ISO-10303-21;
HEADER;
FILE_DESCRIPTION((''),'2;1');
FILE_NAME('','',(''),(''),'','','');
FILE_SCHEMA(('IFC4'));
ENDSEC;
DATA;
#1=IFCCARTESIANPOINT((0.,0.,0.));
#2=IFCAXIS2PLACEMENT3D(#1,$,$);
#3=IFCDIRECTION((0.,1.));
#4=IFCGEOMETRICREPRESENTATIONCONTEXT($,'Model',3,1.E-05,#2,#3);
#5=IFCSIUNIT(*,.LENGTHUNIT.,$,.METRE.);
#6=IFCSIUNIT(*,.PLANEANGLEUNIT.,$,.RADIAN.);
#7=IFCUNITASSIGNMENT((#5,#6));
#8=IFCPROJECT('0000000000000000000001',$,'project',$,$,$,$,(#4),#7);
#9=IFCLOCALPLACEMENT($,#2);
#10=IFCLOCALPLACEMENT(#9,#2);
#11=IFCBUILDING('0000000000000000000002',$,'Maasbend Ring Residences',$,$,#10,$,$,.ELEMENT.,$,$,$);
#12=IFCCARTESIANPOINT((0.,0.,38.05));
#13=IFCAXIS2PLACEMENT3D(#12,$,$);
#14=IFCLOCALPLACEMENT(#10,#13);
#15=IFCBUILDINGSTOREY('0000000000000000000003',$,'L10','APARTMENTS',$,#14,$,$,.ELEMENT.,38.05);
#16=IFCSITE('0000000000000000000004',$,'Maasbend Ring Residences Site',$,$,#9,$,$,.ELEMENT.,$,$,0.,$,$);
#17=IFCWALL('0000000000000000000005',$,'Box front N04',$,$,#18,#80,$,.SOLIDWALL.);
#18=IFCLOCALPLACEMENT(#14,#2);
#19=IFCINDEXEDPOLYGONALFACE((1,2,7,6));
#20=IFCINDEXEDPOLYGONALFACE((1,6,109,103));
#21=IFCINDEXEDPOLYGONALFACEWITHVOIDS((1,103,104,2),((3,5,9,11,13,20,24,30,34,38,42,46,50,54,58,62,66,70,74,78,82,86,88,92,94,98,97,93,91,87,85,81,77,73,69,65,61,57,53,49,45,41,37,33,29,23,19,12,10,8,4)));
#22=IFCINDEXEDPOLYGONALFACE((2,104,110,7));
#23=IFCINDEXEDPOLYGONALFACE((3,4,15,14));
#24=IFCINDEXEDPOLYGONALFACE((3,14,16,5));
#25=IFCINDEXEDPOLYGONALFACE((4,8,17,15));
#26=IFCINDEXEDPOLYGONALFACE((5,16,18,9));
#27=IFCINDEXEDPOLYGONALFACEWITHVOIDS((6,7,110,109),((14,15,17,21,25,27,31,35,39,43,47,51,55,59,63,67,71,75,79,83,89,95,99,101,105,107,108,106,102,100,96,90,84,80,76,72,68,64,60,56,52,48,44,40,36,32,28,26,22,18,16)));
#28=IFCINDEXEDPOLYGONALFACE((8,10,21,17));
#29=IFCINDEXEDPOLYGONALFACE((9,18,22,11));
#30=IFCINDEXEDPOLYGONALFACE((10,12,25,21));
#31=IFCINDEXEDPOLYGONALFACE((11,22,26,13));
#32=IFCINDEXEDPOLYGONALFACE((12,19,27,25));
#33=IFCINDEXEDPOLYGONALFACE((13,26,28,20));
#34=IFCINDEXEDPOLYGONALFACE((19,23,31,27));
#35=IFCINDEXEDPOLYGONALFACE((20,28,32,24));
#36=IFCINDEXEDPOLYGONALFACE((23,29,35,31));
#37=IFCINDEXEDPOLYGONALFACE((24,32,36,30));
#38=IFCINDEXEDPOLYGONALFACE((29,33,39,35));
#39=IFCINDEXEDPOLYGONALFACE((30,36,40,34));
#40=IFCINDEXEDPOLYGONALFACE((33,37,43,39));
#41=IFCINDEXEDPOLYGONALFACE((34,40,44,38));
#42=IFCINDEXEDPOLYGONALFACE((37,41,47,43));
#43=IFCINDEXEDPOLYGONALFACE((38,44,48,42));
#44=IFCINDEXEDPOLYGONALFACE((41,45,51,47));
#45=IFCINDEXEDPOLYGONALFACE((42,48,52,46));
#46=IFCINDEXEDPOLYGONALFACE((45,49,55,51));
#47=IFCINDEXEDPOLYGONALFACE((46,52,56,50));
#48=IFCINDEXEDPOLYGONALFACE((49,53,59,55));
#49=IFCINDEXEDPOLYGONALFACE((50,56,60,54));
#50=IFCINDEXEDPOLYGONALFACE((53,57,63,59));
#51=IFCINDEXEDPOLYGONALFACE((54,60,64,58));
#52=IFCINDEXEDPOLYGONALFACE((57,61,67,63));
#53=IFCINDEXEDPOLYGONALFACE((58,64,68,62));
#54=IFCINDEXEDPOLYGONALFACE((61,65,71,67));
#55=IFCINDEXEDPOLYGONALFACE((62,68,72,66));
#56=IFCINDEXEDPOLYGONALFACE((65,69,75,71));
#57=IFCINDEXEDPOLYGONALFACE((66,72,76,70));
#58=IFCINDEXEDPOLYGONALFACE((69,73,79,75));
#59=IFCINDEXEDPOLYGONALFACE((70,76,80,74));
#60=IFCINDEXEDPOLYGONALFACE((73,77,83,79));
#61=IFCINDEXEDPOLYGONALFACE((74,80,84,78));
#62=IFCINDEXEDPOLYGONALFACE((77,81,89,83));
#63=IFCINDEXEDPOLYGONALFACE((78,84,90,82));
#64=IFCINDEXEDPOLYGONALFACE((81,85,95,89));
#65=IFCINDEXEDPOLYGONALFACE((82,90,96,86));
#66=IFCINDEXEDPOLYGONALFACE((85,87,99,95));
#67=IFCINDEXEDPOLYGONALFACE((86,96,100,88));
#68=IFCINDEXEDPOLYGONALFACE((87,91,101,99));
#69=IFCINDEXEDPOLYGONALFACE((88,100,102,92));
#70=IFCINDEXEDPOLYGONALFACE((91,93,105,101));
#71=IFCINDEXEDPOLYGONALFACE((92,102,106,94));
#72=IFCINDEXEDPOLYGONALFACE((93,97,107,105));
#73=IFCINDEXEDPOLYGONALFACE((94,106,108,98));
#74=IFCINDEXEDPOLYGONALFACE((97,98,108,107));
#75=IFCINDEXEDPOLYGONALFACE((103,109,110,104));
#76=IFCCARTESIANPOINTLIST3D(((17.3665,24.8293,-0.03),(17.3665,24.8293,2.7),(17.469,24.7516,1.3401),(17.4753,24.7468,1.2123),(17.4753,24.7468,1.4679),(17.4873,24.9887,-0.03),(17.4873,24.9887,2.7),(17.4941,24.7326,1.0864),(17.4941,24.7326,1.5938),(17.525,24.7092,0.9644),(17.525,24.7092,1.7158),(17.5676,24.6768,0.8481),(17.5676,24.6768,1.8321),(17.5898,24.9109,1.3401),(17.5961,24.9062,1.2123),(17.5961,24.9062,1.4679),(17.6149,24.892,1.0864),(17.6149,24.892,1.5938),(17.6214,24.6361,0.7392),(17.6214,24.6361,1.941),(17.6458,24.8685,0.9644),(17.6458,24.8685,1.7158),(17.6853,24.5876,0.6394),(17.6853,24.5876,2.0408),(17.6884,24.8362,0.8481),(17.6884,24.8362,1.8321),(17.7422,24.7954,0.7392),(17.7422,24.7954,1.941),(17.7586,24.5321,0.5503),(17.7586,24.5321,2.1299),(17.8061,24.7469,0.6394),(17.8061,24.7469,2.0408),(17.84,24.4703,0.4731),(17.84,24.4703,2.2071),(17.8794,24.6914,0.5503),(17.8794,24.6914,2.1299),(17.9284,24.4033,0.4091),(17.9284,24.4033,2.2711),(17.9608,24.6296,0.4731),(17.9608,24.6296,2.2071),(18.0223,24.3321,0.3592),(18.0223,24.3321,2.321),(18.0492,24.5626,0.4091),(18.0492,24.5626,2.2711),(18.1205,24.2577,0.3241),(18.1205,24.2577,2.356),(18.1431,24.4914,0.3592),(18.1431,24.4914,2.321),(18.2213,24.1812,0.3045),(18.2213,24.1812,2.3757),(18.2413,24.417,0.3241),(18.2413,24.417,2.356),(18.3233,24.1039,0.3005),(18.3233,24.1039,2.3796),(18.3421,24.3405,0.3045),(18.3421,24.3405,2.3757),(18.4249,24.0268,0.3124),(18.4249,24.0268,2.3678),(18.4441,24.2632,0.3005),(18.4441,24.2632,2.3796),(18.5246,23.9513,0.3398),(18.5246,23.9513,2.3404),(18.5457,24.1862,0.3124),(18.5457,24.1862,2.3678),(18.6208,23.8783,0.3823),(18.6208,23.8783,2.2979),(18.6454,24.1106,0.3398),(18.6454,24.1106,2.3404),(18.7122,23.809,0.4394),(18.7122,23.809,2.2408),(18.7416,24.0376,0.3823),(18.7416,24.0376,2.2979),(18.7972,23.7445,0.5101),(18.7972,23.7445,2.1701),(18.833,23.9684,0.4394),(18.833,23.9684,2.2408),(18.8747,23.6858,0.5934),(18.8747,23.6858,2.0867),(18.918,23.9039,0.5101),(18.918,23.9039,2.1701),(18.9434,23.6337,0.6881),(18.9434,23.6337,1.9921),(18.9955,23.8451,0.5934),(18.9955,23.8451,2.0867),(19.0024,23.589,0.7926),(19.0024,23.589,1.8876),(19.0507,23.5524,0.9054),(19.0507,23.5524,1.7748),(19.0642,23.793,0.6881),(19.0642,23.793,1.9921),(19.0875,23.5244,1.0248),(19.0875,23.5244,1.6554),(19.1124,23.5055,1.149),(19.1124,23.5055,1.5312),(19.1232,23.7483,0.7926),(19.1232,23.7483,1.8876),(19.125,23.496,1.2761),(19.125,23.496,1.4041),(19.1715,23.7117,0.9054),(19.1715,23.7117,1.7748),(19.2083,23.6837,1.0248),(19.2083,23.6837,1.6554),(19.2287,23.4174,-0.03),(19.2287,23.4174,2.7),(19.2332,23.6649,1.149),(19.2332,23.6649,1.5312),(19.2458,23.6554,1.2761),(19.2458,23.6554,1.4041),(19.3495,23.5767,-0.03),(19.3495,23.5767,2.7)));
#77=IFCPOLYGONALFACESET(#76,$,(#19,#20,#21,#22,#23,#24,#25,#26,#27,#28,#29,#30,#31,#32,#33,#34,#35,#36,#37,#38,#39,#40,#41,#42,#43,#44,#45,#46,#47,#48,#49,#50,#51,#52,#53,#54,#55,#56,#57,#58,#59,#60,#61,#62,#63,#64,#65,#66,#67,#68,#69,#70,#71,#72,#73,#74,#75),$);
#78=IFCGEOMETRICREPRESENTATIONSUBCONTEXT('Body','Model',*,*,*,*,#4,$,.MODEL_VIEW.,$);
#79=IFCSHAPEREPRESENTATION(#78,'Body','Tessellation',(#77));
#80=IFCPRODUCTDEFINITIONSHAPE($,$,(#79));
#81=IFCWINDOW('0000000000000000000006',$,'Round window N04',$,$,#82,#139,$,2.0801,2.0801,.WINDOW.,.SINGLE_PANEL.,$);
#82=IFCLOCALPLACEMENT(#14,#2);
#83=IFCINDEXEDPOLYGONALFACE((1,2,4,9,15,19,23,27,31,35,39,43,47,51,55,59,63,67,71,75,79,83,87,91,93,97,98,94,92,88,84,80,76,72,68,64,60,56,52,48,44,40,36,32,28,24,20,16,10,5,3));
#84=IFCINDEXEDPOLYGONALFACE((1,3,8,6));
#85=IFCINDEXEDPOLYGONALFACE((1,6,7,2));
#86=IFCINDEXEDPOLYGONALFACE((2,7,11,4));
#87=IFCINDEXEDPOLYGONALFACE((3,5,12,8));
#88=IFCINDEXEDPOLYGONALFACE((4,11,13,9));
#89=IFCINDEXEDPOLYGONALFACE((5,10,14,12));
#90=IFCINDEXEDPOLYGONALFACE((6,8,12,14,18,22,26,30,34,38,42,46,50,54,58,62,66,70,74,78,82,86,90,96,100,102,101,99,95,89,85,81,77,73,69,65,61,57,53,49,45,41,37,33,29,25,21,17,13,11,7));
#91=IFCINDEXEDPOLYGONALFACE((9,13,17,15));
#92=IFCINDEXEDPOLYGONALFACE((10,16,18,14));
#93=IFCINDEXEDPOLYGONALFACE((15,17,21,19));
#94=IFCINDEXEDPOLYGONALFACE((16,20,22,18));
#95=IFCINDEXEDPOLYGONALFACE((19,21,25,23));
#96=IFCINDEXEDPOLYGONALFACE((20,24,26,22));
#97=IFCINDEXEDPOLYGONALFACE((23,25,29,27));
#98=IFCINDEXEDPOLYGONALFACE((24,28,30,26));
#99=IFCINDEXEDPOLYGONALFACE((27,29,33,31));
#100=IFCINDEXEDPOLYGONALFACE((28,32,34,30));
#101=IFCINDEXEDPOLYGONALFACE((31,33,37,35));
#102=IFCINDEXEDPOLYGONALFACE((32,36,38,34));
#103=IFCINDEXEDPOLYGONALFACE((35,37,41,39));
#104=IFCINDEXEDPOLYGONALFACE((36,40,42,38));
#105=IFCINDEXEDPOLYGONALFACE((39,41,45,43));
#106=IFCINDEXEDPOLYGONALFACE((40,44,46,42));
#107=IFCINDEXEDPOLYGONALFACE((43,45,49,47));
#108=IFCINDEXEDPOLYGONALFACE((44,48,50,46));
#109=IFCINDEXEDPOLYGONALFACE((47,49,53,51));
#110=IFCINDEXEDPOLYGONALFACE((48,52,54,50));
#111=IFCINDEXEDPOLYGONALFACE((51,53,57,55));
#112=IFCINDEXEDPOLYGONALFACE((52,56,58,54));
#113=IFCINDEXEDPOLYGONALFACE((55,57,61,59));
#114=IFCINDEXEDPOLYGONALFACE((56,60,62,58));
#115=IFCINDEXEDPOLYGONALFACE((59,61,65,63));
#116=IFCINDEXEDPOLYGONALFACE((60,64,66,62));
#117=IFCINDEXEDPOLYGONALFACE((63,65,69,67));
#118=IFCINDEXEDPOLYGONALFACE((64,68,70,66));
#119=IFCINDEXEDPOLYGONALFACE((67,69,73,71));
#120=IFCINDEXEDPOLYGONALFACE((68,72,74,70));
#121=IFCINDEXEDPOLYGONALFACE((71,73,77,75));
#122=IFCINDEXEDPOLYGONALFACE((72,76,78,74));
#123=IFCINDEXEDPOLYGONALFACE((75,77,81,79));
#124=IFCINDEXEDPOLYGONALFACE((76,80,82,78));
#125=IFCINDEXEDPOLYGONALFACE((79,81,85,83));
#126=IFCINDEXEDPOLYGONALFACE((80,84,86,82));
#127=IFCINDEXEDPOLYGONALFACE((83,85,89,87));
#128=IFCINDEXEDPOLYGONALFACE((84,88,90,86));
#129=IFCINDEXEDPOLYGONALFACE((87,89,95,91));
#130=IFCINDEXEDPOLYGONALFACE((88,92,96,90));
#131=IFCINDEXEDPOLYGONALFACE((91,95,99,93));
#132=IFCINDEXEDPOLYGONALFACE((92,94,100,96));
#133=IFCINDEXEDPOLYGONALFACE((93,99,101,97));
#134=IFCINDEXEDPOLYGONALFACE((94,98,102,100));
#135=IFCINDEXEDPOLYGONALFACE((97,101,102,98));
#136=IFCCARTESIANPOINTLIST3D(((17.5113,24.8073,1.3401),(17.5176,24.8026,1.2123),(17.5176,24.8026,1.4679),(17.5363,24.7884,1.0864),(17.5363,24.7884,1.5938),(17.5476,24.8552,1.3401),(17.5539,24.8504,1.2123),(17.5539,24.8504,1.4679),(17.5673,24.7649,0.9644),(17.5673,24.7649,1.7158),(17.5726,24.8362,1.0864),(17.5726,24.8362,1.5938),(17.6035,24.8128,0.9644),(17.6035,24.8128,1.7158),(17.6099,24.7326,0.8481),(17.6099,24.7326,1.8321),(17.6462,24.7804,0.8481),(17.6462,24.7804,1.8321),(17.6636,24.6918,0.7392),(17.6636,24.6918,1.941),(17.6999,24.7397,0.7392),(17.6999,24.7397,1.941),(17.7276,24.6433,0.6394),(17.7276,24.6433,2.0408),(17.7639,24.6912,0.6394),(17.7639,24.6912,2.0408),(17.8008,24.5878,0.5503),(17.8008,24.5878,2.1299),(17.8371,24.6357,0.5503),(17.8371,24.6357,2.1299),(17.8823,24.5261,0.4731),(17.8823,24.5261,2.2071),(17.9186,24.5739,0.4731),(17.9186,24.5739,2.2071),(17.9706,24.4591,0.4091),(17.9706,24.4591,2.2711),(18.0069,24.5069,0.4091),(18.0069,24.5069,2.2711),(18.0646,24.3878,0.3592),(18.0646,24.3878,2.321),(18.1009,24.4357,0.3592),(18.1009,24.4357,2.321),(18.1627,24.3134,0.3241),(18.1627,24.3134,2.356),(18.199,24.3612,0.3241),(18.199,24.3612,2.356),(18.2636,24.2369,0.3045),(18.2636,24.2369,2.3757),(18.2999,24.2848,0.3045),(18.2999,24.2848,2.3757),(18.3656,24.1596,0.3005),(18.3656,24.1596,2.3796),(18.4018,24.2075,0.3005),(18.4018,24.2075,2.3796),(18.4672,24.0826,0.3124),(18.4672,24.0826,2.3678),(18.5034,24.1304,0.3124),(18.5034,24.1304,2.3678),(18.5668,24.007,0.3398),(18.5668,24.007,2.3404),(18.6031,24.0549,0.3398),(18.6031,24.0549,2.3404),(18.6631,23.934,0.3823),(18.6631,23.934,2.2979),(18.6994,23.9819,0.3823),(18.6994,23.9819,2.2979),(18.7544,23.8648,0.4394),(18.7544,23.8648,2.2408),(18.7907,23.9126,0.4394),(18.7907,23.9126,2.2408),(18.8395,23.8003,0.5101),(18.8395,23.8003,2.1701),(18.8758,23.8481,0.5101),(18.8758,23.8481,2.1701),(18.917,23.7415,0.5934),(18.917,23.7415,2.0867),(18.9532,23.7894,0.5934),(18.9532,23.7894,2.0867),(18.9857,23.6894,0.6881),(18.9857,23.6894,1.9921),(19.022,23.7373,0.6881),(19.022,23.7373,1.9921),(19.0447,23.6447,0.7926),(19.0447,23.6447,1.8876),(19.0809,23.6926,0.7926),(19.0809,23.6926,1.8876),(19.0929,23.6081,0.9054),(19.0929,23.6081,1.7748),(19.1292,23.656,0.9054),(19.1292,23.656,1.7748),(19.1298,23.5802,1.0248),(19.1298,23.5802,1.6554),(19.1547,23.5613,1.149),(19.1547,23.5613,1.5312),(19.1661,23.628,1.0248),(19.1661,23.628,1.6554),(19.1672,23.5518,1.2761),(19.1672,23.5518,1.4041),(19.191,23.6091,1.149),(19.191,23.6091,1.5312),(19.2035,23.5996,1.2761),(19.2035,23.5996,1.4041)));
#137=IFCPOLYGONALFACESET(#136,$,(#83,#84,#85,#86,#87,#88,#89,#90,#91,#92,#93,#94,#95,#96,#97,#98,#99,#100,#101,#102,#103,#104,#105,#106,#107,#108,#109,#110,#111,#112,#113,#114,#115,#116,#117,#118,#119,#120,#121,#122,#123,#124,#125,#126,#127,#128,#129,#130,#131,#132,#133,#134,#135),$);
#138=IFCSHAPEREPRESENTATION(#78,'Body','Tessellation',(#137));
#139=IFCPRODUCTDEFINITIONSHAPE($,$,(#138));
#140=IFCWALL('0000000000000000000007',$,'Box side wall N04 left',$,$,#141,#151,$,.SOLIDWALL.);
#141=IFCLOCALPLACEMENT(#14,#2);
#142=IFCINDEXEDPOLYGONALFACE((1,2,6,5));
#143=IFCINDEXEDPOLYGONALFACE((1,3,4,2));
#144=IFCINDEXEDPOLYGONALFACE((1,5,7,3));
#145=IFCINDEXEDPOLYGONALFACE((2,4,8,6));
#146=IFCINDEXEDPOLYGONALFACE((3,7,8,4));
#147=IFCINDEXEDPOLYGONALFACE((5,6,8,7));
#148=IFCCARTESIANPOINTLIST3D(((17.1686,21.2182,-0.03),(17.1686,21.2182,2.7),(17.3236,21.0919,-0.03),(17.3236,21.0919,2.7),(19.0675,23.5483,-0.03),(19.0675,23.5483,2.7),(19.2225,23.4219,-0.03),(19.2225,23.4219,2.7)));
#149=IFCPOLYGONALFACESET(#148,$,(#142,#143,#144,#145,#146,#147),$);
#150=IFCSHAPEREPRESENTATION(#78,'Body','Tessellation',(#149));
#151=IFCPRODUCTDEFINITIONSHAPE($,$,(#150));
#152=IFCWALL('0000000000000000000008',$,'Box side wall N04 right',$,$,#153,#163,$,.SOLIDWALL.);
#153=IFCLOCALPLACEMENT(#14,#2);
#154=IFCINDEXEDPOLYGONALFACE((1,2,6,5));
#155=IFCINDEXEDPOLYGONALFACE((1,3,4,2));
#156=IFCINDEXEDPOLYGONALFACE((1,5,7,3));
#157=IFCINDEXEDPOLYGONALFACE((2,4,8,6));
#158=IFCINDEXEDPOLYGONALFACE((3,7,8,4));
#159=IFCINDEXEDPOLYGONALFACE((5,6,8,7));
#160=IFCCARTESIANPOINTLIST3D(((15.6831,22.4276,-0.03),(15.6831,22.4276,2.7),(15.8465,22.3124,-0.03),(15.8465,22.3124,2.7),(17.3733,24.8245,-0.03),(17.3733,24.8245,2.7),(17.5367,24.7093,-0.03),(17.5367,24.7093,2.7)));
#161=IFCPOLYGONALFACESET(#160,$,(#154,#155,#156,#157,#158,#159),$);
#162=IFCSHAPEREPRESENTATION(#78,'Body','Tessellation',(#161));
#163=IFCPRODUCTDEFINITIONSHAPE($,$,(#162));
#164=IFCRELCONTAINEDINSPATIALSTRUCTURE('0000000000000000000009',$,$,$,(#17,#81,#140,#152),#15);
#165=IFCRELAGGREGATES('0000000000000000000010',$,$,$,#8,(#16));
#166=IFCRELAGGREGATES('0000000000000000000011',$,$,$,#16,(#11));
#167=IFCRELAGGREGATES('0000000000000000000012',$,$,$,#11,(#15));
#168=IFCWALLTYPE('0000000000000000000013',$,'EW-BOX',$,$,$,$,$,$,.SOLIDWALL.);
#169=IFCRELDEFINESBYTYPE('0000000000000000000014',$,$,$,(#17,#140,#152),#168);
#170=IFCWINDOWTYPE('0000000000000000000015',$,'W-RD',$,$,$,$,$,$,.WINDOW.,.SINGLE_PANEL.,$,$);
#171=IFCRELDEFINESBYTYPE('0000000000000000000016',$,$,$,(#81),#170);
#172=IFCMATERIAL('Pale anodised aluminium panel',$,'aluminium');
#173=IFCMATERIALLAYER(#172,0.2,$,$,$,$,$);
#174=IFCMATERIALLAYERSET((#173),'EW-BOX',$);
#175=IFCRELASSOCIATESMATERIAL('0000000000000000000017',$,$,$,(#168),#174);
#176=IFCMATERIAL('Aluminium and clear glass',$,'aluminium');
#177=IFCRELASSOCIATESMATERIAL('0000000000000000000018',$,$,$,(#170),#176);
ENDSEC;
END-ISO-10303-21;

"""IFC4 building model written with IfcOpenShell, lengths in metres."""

from ifc_helpers import new_model, si_unit, direction, frame, frame_2d, origin, place, context, subcontext, project, spatial, rectangle, circle, extrude, material, layer, layer_set, type_object, element, fill, save


model = new_model("IFC4")

# Units and contexts
model_context = context("Model", 3, precision=1e-05, world=origin(), true_north=direction((0.0, 1.0)))
body_context = subcontext(model_context, "Body", "Model", "MODEL_VIEW")
ifc_project = project(units=[si_unit("LENGTHUNIT", "METRE"), si_unit("PLANEANGLEUNIT", "RADIAN")], contexts=[model_context])

# Site, building, storey
site_placement = place(None, origin())
site = spatial("IfcSite", under=ifc_project, at=site_placement, Name="Maasbend Ring Residences Site", CompositionType="ELEMENT", RefElevation=0.0)
building_placement = place(site_placement, origin())
building = spatial("IfcBuilding", under=site, at=building_placement, Name="Maasbend Ring Residences", CompositionType="ELEMENT")
storey_placement = place(building_placement, frame((0.0, 0.0, 38.05)))
storey = spatial("IfcBuildingStorey", under=building, at=storey_placement, Name="L10", Description="APARTMENTS", CompositionType="ELEMENT", Elevation=38.05)

# Shared definitions
ifc_material_1 = material(Name="Pale anodised aluminium panel", Category="aluminium")
ifc_layer_1 = layer(ifc_material_1, 0.2)
ifc_layer_set_1 = layer_set([ifc_layer_1], Name="EW-BOX")
wall_type_1 = type_object("IfcWallType", Name="EW-BOX", PredefinedType="SOLIDWALL", material=ifc_layer_set_1)
ifc_material_2 = material(Name="Aluminium and clear glass", Category="aluminium")
window_type_1 = type_object("IfcWindowType", Name="W-RD", PartitioningType="SINGLE_PANEL", PredefinedType="WINDOW", material=ifc_material_2)

# Wall, opening, window
wall_1_placement = place(storey_placement, frame((19.2891, 23.4971, -0.03), z_axis=(0.0, 0.0, 1.0), x_axis=(-0.796842, 0.604188, 0.0)))
wall_1 = element("IfcWall", 1, at=wall_1_placement, inside=storey, type_object=wall_type_1, Name="Box front N04", PredefinedType="SOLIDWALL", context=body_context, shape_type="SweptSolid", body=[
    extrude(rectangle(XDim=2.3369, YDim=0.2, at=frame_2d((1.1685, 0.0))), origin(), (0.0, 0.0, 1.0), 2.73),
])
opening_1_placement = place(wall_1_placement, frame((0.1282, 0.0, 0.3301)))
opening_1 = element("IfcOpeningElement", 2, at=opening_1_placement, cuts=wall_1, PredefinedType="OPENING", context=body_context, shape_type="SweptSolid", body=[
    extrude(circle(Radius=1.04, at=frame_2d((1.04, 1.04))), frame((0.0, 0.1099, 0.0), z_axis=(0.0, -1.0, 0.0), x_axis=(1.0, 0.0, 0.0)), (0.0, 0.0, 1.0), 0.22),
])
window_1_placement = place(opening_1_placement, origin())
window_1 = element("IfcWindow", 3, at=window_1_placement, inside=storey, type_object=window_type_1, Name="Round window N04", OverallHeight=2.0801, OverallWidth=2.0801, PartitioningType="SINGLE_PANEL", PredefinedType="WINDOW", context=body_context, shape_type="SweptSolid", body=[
    extrude(circle(Radius=1.04, at=frame_2d((1.04, 1.04))), frame((0.0, 0.03, 0.0), z_axis=(0.0, -1.0, 0.0), x_axis=(1.0, 0.0, 0.0)), (0.0, 0.0, 1.0), 0.0601),
])
fill(opening_1, window_1)

# Walls
wall_2_placement = place(storey_placement, frame((17.2461, 21.155, -0.03), z_axis=(0.0, 0.0, 1.0), x_axis=(0.631742, 0.775179, 0.0)))
element("IfcWall", 4, at=wall_2_placement, inside=storey, type_object=wall_type_1, Name="Box side wall N04 left", PredefinedType="SOLIDWALL", context=body_context, shape_type="SweptSolid", body=[
    extrude(rectangle(XDim=3.0059, YDim=0.2, at=frame_2d((1.5029, 0.0))), origin(), (0.0, 0.0, 1.0), 2.73),
])
wall_3_placement = place(storey_placement, frame((15.7649, 22.3701, -0.03), z_axis=(0.0, 0.0, 1.0), x_axis=(0.576275, 0.817256, 0.0)))
element("IfcWall", 5, at=wall_3_placement, inside=storey, type_object=wall_type_1, Name="Box side wall N04 right", PredefinedType="SOLIDWALL", context=body_context, shape_type="SweptSolid", body=[
    extrude(rectangle(XDim=2.9329, YDim=0.2, at=frame_2d((1.4663, 0.0))), origin(), (0.0, 0.0, 1.0), 2.73),
])

save(model, "model.ifc")
